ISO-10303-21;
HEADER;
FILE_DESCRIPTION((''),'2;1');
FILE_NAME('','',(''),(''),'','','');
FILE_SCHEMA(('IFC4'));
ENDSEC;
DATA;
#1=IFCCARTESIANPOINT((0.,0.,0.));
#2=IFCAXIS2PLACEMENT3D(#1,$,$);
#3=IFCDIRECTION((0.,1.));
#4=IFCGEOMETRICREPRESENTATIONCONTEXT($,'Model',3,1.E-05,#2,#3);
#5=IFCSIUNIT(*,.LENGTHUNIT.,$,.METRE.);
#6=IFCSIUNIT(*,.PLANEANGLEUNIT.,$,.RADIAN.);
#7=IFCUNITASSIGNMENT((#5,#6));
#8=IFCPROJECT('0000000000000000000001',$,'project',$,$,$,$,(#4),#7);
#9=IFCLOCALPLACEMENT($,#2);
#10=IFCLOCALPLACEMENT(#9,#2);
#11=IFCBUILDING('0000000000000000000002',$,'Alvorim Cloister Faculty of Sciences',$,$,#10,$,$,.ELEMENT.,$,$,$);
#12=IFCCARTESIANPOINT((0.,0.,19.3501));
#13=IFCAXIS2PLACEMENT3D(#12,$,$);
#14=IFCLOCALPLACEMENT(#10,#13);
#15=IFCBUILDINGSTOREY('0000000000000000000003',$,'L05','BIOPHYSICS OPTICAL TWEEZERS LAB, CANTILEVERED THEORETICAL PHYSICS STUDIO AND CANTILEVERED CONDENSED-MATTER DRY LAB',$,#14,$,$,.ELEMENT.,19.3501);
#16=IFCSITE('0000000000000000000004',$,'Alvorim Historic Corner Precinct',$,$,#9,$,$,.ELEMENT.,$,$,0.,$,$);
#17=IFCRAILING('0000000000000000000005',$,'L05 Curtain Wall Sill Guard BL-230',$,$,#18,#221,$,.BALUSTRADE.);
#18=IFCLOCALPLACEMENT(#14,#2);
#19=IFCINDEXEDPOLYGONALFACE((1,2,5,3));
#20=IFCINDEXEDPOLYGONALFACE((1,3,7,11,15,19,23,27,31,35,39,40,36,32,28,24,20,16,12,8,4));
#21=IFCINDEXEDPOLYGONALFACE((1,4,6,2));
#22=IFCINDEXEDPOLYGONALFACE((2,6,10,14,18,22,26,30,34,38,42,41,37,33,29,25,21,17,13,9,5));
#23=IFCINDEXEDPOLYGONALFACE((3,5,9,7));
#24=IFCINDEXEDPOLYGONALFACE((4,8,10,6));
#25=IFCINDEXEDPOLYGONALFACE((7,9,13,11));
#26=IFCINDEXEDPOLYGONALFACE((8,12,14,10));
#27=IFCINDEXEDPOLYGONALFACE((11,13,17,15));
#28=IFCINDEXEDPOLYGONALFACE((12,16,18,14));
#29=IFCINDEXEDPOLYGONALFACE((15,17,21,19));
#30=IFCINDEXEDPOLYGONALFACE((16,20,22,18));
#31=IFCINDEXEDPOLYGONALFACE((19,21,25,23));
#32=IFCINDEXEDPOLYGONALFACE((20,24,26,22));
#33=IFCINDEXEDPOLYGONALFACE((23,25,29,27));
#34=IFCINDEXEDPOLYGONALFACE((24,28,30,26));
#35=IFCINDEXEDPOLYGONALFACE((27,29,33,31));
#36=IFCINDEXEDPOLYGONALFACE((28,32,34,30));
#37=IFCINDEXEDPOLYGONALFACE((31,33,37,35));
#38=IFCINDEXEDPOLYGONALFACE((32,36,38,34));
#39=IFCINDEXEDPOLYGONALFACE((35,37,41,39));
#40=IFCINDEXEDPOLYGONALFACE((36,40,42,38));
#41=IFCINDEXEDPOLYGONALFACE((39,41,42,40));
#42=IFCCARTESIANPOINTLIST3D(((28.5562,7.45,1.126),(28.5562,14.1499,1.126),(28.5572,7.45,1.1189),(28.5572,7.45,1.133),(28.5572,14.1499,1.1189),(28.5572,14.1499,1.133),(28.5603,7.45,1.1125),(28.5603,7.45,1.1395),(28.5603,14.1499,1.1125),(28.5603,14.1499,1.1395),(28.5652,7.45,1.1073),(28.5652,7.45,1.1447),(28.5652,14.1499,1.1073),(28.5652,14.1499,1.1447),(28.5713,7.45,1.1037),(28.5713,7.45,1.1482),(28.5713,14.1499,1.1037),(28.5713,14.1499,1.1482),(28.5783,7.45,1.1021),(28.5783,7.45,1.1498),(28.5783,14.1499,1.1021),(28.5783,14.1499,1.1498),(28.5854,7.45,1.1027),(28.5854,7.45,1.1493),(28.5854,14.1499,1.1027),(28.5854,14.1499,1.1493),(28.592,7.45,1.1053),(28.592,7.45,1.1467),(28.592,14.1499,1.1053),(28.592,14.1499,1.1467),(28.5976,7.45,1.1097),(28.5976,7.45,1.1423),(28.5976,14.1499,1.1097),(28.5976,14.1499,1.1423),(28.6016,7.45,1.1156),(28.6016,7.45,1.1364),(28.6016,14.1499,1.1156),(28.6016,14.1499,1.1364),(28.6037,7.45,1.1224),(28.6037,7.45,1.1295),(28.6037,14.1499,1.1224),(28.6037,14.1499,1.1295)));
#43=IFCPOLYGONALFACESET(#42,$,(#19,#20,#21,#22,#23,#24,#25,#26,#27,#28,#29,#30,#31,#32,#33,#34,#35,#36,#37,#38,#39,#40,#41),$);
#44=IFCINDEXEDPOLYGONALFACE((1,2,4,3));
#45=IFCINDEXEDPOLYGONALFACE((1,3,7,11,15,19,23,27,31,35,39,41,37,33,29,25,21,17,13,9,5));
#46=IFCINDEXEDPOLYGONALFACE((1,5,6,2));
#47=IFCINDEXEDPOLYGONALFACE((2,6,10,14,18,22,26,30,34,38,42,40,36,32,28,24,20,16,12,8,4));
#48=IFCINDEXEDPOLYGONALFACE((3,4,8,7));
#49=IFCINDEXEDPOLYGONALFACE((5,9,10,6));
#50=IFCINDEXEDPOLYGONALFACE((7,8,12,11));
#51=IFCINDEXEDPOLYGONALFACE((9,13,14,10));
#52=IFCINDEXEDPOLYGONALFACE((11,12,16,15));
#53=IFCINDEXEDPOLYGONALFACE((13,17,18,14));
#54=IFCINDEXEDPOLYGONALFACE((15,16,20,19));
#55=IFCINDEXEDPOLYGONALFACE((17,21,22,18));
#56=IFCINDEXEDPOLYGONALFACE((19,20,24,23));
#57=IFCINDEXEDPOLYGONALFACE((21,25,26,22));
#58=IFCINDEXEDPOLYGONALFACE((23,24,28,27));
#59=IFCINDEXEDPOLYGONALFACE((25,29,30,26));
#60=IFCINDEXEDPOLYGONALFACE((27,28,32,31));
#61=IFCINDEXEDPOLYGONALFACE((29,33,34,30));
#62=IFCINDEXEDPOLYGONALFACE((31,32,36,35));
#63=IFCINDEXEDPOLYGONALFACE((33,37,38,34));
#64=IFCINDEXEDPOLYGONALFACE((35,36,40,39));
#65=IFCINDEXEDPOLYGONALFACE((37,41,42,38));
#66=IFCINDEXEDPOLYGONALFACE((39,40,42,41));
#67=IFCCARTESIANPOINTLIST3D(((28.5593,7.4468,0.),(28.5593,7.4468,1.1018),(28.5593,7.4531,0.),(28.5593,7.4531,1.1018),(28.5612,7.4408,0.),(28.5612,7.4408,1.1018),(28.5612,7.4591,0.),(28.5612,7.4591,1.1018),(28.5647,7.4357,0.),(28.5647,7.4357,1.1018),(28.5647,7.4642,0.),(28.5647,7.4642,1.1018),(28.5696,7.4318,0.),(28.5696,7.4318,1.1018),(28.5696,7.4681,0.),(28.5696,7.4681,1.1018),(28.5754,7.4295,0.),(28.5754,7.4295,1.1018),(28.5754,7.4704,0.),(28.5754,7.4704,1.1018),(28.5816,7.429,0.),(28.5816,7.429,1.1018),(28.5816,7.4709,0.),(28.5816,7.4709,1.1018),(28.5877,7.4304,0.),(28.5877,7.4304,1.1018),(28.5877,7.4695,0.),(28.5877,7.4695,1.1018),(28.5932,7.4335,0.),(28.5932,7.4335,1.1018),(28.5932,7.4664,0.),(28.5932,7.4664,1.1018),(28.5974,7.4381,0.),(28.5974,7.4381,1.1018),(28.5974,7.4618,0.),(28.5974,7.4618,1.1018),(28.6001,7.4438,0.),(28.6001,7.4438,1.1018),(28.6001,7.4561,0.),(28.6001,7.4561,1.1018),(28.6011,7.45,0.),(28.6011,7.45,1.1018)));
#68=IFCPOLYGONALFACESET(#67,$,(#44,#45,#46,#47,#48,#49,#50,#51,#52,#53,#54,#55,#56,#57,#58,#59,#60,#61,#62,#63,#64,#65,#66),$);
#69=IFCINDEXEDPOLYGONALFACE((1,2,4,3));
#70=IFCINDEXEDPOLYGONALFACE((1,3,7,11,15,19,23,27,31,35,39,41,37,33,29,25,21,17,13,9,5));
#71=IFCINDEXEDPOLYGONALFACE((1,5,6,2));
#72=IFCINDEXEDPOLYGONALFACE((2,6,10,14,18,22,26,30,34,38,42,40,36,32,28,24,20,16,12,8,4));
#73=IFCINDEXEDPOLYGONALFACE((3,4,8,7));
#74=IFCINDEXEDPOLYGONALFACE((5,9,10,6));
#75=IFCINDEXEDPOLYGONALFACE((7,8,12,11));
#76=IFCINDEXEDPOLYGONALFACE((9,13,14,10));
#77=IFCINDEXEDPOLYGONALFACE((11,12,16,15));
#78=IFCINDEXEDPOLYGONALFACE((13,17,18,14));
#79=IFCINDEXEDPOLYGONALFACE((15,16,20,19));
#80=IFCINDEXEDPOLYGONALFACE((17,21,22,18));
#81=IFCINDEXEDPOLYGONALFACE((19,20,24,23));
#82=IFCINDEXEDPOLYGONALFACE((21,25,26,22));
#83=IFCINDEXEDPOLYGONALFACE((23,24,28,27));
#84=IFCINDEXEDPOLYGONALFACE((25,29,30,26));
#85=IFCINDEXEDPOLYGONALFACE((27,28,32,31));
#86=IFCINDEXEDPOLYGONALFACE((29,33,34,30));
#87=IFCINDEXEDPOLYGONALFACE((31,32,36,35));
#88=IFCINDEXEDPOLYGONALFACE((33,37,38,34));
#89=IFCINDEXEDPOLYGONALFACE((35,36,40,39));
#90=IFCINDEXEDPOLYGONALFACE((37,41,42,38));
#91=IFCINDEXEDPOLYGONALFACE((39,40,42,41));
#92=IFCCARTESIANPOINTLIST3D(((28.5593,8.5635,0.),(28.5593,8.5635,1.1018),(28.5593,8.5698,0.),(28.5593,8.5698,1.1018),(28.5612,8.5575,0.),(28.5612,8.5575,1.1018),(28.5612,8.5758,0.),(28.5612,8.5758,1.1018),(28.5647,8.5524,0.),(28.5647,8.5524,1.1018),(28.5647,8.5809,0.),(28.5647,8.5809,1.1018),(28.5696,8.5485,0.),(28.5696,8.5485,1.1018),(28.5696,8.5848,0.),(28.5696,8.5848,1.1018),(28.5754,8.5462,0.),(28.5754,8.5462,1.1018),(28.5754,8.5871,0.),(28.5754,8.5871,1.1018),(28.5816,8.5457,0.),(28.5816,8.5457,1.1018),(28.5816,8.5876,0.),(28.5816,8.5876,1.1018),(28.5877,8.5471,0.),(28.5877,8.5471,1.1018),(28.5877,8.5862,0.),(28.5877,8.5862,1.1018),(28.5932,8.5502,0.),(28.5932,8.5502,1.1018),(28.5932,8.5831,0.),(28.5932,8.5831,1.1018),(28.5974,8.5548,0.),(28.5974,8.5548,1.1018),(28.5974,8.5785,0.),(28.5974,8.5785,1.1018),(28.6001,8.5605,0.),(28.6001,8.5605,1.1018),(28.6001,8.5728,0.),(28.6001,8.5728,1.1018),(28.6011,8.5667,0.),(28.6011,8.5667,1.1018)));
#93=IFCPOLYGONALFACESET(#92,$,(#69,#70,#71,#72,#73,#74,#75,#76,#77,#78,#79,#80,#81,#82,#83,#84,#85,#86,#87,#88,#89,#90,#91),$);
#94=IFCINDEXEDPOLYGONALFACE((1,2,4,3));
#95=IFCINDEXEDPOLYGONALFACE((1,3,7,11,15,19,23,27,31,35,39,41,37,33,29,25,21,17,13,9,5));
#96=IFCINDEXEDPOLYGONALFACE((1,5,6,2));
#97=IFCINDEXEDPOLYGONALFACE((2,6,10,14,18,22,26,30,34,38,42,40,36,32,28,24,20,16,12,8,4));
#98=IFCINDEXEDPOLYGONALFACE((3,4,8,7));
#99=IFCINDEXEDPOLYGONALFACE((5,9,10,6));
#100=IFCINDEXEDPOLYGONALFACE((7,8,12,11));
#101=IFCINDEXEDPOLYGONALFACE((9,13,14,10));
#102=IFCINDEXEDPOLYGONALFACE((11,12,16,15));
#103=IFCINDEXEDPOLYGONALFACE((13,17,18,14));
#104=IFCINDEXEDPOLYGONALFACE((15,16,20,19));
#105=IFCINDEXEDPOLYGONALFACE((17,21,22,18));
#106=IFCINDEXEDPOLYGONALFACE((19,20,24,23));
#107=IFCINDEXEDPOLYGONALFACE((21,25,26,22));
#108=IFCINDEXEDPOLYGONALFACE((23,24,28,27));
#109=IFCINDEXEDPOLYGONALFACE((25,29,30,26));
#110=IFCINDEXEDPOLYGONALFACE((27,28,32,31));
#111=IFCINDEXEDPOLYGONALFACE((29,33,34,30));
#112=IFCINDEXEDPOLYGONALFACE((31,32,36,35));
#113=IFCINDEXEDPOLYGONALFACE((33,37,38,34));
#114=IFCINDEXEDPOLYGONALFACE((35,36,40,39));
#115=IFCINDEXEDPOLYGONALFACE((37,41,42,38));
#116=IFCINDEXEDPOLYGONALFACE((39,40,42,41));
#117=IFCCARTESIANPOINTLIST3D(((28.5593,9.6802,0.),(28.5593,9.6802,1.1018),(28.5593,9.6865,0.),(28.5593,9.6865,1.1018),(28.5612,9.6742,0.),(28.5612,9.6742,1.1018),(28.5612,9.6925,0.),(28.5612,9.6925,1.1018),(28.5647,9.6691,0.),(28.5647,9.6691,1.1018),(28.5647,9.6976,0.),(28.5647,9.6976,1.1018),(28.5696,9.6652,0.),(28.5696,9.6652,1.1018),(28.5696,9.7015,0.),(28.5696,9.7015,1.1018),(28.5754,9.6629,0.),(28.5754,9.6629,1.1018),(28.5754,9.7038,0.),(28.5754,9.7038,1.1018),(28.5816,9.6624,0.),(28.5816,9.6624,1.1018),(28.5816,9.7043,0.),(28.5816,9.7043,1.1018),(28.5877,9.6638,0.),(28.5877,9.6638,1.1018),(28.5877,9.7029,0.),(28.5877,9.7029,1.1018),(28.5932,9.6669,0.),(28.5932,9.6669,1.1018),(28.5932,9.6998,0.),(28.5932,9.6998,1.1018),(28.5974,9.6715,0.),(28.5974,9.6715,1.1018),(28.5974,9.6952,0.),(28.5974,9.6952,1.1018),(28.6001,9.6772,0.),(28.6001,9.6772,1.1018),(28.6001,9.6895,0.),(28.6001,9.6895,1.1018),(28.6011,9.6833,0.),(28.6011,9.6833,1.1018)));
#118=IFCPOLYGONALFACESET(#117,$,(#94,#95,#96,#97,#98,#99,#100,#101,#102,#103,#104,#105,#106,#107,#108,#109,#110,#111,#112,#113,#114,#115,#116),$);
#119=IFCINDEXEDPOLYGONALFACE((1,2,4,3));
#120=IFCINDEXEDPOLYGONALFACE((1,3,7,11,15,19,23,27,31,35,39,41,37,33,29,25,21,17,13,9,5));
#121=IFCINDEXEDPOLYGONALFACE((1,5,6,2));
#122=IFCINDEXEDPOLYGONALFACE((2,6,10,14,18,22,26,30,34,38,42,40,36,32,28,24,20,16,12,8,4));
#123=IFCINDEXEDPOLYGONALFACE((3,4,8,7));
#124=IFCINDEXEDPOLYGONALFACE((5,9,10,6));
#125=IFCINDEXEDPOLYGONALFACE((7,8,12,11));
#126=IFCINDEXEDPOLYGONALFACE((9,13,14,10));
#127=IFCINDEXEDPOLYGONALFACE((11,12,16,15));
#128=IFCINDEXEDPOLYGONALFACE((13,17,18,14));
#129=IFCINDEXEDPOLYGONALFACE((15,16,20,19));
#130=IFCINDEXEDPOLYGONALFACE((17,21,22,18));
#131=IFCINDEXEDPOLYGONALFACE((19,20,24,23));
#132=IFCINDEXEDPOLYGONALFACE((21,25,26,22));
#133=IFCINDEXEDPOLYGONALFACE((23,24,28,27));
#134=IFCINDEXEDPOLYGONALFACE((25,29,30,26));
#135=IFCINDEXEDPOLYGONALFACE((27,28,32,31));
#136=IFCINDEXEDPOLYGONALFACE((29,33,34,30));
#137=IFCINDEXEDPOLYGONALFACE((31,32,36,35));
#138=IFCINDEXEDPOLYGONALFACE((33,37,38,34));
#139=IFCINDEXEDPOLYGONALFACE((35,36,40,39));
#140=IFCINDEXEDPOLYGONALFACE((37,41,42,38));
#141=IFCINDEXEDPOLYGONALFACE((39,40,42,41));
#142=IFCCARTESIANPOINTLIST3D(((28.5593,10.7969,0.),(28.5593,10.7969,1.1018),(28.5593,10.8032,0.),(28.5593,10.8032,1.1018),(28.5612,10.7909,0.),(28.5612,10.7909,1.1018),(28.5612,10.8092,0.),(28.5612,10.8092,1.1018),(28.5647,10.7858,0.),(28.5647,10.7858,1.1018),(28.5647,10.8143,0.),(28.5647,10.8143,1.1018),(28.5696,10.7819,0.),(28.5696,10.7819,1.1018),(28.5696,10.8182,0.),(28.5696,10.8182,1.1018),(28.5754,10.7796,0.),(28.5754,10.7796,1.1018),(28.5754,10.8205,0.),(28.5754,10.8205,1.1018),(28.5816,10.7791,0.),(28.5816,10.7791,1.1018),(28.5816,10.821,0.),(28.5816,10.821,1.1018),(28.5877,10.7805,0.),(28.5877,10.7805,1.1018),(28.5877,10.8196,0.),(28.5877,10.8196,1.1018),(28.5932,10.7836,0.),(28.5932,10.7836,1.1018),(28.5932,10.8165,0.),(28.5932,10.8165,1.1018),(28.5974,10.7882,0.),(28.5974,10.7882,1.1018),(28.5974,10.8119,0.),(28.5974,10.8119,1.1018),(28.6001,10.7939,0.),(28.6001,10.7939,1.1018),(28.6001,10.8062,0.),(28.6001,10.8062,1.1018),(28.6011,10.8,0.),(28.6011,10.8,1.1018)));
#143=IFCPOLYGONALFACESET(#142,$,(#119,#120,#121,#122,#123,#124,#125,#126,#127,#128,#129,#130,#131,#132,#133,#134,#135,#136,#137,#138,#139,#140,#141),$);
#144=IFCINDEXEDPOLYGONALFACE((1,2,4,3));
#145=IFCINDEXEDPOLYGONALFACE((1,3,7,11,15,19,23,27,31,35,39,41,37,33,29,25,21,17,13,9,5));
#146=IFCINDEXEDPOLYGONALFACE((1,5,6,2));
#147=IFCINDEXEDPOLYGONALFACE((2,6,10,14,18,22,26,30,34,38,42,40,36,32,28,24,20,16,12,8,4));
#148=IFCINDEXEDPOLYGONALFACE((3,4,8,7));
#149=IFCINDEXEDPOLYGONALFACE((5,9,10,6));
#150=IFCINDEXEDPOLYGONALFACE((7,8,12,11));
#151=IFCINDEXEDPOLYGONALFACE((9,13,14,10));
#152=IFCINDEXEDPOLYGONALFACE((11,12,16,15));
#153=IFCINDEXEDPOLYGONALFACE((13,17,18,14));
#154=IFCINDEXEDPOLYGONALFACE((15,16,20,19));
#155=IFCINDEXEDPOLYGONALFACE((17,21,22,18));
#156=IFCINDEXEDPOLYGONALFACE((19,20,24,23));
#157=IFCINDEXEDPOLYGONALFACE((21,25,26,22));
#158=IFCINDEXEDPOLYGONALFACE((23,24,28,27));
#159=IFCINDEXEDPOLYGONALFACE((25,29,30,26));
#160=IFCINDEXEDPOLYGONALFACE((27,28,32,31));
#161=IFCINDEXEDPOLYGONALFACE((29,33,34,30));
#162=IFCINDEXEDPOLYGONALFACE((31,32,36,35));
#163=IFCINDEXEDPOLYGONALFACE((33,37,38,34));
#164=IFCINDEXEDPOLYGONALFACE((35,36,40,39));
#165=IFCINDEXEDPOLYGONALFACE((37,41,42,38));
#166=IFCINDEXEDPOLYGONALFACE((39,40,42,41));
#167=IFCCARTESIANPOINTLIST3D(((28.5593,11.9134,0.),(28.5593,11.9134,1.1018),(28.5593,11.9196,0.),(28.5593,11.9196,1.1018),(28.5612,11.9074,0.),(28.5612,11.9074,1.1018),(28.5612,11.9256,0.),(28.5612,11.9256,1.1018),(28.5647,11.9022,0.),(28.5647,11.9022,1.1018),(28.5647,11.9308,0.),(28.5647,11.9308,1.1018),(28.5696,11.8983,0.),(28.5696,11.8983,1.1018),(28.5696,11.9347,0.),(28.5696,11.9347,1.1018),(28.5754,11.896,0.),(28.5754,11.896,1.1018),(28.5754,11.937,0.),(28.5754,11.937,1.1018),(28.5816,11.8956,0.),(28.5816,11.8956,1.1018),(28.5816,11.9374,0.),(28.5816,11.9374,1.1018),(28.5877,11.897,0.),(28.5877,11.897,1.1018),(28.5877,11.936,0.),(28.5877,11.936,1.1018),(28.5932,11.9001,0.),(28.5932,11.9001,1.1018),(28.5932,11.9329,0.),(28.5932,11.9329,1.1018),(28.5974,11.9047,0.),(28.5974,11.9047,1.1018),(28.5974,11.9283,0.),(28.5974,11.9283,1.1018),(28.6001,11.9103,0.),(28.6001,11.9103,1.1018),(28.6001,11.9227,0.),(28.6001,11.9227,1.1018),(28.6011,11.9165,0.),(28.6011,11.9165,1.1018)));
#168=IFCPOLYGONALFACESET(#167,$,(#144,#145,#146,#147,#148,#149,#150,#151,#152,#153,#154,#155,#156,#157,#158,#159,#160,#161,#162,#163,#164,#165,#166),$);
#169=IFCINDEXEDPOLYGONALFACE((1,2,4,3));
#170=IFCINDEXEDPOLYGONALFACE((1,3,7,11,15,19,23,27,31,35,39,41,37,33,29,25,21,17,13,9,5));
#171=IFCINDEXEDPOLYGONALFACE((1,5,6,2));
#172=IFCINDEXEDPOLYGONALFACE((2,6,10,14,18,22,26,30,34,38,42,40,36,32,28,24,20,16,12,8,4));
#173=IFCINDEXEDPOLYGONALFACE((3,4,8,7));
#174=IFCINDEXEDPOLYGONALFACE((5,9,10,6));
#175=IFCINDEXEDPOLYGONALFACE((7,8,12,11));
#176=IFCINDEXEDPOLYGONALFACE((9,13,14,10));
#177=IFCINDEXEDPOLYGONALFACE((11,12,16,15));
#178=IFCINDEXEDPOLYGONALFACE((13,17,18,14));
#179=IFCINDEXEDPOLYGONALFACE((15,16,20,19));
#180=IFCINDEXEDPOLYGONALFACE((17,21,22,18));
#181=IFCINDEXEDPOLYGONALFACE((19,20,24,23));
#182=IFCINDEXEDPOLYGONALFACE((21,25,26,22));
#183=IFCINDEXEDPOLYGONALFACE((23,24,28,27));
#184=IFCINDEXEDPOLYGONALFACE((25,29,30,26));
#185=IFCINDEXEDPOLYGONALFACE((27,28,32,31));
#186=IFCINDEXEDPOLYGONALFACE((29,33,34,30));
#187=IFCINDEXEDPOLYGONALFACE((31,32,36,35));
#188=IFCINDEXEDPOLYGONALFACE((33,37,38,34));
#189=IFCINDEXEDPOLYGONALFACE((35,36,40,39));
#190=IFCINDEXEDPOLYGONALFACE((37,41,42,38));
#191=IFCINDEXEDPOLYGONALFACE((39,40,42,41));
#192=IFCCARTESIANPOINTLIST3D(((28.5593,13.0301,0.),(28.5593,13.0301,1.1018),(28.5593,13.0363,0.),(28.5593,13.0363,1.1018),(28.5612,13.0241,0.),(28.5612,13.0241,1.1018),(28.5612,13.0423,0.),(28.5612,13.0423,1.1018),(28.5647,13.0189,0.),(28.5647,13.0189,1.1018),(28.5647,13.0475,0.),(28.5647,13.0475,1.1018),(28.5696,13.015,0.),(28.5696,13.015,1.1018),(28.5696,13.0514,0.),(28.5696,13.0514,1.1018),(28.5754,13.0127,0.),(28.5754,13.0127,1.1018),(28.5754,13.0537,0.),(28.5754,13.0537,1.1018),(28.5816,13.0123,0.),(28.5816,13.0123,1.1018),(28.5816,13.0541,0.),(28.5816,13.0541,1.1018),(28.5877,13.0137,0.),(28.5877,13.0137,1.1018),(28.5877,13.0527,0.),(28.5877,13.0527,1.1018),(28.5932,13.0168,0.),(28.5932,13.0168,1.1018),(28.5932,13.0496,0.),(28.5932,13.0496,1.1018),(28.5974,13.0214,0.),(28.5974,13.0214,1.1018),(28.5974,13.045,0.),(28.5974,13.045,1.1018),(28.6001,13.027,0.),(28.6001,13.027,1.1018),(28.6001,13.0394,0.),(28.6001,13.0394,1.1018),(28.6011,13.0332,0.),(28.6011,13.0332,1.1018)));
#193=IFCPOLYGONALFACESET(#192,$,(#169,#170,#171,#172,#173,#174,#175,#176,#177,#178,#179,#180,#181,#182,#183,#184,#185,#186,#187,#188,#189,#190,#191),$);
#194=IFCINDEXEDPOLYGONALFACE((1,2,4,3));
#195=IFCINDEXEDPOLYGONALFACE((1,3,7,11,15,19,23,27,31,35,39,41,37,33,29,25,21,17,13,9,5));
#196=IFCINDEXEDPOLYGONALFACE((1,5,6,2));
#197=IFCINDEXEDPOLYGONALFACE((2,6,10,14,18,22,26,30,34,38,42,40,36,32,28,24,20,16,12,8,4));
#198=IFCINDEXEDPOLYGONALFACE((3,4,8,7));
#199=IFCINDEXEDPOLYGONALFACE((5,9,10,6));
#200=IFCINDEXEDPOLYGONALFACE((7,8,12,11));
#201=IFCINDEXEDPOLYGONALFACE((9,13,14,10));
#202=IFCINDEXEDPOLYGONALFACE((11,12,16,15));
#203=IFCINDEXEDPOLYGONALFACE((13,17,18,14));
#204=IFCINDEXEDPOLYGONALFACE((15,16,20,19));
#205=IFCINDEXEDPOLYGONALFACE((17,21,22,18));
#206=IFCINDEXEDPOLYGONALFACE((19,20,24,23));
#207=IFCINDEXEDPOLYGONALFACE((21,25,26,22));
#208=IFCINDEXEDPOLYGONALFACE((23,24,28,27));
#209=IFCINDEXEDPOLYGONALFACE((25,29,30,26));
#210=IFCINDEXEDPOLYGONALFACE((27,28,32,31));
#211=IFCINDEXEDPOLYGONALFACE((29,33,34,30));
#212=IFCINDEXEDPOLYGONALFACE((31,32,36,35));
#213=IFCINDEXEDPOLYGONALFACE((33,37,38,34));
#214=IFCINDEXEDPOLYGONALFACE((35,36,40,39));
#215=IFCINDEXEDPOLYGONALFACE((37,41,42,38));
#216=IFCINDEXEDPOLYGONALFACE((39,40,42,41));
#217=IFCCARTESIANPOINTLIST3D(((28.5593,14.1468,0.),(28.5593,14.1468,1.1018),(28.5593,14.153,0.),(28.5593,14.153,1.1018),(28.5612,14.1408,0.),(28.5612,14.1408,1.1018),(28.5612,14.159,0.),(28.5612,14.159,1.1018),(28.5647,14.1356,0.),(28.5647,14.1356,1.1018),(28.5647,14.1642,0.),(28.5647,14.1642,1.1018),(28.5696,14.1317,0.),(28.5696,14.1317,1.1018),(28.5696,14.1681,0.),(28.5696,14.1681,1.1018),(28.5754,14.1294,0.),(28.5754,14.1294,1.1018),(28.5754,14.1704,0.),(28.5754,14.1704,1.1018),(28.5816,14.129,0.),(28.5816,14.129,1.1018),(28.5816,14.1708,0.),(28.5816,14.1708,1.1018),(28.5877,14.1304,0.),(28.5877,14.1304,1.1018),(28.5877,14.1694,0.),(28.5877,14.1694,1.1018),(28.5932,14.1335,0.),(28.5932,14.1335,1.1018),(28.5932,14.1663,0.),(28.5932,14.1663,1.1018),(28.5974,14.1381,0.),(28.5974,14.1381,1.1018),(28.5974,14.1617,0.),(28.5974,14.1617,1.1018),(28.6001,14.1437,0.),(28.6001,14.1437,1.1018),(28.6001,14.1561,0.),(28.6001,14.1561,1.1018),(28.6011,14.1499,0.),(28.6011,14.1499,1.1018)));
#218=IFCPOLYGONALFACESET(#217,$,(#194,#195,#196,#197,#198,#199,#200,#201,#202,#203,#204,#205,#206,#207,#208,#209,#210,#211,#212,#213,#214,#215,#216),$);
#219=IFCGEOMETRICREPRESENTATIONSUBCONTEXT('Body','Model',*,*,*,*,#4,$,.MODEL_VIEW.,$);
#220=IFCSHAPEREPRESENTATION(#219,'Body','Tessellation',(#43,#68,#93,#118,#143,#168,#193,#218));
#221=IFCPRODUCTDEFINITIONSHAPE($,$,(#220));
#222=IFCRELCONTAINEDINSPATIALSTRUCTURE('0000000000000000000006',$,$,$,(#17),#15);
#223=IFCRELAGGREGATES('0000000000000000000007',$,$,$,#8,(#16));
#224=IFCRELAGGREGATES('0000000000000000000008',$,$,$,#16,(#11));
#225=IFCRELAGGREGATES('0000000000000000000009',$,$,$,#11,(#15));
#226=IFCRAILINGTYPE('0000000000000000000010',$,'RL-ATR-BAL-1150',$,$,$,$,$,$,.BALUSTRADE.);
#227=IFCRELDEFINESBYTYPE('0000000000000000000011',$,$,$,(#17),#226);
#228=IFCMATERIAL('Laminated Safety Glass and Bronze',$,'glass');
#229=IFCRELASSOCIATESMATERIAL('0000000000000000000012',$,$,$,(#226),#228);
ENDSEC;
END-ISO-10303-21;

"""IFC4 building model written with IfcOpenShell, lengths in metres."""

from ifc_helpers import new_model, si_unit, direction, frame, origin, origin_2d, place, context, subcontext, project, spatial, circle, extrude, material, type_object, element, save


model = new_model("IFC4")

# Units and contexts
model_context = context("Model", 3, precision=1e-05, world=origin(), true_north=direction((0.0, 1.0)))
body_context = subcontext(model_context, "Body", "Model", "MODEL_VIEW")
ifc_project = project(units=[si_unit("LENGTHUNIT", "METRE"), si_unit("PLANEANGLEUNIT", "RADIAN")], contexts=[model_context])

# Site, building, storey
site_placement = place(None, origin())
site = spatial("IfcSite", under=ifc_project, at=site_placement, Name="Alvorim Historic Corner Precinct", CompositionType="ELEMENT", RefElevation=0.0)
building_placement = place(site_placement, origin())
building = spatial("IfcBuilding", under=site, at=building_placement, Name="Alvorim Cloister Faculty of Sciences", CompositionType="ELEMENT")
storey_placement = place(building_placement, frame((0.0, 0.0, 19.3501)))
storey = spatial("IfcBuildingStorey", under=building, at=storey_placement, Name="L05", Description="BIOPHYSICS OPTICAL TWEEZERS LAB, CANTILEVERED THEORETICAL PHYSICS STUDIO AND CANTILEVERED CONDENSED-MATTER DRY LAB", CompositionType="ELEMENT", Elevation=19.3501)

# Railing
ifc_material_1 = material(Name="Laminated Safety Glass and Bronze", Category="glass")
railing_type = type_object("IfcRailingType", Name="RL-ATR-BAL-1150", PredefinedType="BALUSTRADE", material=ifc_material_1)
railing_placement = place(storey_placement, frame((28.5801, 7.45, 0.0)))
element("IfcRailing", 1, at=railing_placement, inside=storey, type_object=railing_type, Name="L05 Curtain Wall Sill Guard BL-230", PredefinedType="BALUSTRADE", context=body_context, shape_type="SweptSolid", body=[
    extrude(circle(Radius=0.0239, at=origin_2d()), frame((0.0, 0.0, 1.126), z_axis=(0.0, 1.0, 0.0), x_axis=(-1.0, 0.0, 0.0)), (0.0, 0.0, 1.0), 6.7),
    extrude(circle(Radius=0.021, at=origin_2d()), origin(), (0.0, 0.0, 1.0), 1.1018),
    extrude(circle(Radius=0.021, at=origin_2d()), frame((0.0, 1.1167, 0.0)), (0.0, 0.0, 1.0), 1.1018),
    extrude(circle(Radius=0.021, at=origin_2d()), frame((0.0, 2.2334, 0.0)), (0.0, 0.0, 1.0), 1.1018),
    extrude(circle(Radius=0.021, at=origin_2d()), frame((0.0, 3.3501, 0.0)), (0.0, 0.0, 1.0), 1.1018),
    extrude(circle(Radius=0.021, at=origin_2d()), frame((0.0, 4.4666, 0.0)), (0.0, 0.0, 1.0), 1.1018),
    extrude(circle(Radius=0.021, at=origin_2d()), frame((0.0, 5.5833, 0.0)), (0.0, 0.0, 1.0), 1.1018),
    extrude(circle(Radius=0.021, at=origin_2d()), frame((0.0, 6.7, 0.0)), (0.0, 0.0, 1.0), 1.1018),
])

save(model, "model.ifc")
